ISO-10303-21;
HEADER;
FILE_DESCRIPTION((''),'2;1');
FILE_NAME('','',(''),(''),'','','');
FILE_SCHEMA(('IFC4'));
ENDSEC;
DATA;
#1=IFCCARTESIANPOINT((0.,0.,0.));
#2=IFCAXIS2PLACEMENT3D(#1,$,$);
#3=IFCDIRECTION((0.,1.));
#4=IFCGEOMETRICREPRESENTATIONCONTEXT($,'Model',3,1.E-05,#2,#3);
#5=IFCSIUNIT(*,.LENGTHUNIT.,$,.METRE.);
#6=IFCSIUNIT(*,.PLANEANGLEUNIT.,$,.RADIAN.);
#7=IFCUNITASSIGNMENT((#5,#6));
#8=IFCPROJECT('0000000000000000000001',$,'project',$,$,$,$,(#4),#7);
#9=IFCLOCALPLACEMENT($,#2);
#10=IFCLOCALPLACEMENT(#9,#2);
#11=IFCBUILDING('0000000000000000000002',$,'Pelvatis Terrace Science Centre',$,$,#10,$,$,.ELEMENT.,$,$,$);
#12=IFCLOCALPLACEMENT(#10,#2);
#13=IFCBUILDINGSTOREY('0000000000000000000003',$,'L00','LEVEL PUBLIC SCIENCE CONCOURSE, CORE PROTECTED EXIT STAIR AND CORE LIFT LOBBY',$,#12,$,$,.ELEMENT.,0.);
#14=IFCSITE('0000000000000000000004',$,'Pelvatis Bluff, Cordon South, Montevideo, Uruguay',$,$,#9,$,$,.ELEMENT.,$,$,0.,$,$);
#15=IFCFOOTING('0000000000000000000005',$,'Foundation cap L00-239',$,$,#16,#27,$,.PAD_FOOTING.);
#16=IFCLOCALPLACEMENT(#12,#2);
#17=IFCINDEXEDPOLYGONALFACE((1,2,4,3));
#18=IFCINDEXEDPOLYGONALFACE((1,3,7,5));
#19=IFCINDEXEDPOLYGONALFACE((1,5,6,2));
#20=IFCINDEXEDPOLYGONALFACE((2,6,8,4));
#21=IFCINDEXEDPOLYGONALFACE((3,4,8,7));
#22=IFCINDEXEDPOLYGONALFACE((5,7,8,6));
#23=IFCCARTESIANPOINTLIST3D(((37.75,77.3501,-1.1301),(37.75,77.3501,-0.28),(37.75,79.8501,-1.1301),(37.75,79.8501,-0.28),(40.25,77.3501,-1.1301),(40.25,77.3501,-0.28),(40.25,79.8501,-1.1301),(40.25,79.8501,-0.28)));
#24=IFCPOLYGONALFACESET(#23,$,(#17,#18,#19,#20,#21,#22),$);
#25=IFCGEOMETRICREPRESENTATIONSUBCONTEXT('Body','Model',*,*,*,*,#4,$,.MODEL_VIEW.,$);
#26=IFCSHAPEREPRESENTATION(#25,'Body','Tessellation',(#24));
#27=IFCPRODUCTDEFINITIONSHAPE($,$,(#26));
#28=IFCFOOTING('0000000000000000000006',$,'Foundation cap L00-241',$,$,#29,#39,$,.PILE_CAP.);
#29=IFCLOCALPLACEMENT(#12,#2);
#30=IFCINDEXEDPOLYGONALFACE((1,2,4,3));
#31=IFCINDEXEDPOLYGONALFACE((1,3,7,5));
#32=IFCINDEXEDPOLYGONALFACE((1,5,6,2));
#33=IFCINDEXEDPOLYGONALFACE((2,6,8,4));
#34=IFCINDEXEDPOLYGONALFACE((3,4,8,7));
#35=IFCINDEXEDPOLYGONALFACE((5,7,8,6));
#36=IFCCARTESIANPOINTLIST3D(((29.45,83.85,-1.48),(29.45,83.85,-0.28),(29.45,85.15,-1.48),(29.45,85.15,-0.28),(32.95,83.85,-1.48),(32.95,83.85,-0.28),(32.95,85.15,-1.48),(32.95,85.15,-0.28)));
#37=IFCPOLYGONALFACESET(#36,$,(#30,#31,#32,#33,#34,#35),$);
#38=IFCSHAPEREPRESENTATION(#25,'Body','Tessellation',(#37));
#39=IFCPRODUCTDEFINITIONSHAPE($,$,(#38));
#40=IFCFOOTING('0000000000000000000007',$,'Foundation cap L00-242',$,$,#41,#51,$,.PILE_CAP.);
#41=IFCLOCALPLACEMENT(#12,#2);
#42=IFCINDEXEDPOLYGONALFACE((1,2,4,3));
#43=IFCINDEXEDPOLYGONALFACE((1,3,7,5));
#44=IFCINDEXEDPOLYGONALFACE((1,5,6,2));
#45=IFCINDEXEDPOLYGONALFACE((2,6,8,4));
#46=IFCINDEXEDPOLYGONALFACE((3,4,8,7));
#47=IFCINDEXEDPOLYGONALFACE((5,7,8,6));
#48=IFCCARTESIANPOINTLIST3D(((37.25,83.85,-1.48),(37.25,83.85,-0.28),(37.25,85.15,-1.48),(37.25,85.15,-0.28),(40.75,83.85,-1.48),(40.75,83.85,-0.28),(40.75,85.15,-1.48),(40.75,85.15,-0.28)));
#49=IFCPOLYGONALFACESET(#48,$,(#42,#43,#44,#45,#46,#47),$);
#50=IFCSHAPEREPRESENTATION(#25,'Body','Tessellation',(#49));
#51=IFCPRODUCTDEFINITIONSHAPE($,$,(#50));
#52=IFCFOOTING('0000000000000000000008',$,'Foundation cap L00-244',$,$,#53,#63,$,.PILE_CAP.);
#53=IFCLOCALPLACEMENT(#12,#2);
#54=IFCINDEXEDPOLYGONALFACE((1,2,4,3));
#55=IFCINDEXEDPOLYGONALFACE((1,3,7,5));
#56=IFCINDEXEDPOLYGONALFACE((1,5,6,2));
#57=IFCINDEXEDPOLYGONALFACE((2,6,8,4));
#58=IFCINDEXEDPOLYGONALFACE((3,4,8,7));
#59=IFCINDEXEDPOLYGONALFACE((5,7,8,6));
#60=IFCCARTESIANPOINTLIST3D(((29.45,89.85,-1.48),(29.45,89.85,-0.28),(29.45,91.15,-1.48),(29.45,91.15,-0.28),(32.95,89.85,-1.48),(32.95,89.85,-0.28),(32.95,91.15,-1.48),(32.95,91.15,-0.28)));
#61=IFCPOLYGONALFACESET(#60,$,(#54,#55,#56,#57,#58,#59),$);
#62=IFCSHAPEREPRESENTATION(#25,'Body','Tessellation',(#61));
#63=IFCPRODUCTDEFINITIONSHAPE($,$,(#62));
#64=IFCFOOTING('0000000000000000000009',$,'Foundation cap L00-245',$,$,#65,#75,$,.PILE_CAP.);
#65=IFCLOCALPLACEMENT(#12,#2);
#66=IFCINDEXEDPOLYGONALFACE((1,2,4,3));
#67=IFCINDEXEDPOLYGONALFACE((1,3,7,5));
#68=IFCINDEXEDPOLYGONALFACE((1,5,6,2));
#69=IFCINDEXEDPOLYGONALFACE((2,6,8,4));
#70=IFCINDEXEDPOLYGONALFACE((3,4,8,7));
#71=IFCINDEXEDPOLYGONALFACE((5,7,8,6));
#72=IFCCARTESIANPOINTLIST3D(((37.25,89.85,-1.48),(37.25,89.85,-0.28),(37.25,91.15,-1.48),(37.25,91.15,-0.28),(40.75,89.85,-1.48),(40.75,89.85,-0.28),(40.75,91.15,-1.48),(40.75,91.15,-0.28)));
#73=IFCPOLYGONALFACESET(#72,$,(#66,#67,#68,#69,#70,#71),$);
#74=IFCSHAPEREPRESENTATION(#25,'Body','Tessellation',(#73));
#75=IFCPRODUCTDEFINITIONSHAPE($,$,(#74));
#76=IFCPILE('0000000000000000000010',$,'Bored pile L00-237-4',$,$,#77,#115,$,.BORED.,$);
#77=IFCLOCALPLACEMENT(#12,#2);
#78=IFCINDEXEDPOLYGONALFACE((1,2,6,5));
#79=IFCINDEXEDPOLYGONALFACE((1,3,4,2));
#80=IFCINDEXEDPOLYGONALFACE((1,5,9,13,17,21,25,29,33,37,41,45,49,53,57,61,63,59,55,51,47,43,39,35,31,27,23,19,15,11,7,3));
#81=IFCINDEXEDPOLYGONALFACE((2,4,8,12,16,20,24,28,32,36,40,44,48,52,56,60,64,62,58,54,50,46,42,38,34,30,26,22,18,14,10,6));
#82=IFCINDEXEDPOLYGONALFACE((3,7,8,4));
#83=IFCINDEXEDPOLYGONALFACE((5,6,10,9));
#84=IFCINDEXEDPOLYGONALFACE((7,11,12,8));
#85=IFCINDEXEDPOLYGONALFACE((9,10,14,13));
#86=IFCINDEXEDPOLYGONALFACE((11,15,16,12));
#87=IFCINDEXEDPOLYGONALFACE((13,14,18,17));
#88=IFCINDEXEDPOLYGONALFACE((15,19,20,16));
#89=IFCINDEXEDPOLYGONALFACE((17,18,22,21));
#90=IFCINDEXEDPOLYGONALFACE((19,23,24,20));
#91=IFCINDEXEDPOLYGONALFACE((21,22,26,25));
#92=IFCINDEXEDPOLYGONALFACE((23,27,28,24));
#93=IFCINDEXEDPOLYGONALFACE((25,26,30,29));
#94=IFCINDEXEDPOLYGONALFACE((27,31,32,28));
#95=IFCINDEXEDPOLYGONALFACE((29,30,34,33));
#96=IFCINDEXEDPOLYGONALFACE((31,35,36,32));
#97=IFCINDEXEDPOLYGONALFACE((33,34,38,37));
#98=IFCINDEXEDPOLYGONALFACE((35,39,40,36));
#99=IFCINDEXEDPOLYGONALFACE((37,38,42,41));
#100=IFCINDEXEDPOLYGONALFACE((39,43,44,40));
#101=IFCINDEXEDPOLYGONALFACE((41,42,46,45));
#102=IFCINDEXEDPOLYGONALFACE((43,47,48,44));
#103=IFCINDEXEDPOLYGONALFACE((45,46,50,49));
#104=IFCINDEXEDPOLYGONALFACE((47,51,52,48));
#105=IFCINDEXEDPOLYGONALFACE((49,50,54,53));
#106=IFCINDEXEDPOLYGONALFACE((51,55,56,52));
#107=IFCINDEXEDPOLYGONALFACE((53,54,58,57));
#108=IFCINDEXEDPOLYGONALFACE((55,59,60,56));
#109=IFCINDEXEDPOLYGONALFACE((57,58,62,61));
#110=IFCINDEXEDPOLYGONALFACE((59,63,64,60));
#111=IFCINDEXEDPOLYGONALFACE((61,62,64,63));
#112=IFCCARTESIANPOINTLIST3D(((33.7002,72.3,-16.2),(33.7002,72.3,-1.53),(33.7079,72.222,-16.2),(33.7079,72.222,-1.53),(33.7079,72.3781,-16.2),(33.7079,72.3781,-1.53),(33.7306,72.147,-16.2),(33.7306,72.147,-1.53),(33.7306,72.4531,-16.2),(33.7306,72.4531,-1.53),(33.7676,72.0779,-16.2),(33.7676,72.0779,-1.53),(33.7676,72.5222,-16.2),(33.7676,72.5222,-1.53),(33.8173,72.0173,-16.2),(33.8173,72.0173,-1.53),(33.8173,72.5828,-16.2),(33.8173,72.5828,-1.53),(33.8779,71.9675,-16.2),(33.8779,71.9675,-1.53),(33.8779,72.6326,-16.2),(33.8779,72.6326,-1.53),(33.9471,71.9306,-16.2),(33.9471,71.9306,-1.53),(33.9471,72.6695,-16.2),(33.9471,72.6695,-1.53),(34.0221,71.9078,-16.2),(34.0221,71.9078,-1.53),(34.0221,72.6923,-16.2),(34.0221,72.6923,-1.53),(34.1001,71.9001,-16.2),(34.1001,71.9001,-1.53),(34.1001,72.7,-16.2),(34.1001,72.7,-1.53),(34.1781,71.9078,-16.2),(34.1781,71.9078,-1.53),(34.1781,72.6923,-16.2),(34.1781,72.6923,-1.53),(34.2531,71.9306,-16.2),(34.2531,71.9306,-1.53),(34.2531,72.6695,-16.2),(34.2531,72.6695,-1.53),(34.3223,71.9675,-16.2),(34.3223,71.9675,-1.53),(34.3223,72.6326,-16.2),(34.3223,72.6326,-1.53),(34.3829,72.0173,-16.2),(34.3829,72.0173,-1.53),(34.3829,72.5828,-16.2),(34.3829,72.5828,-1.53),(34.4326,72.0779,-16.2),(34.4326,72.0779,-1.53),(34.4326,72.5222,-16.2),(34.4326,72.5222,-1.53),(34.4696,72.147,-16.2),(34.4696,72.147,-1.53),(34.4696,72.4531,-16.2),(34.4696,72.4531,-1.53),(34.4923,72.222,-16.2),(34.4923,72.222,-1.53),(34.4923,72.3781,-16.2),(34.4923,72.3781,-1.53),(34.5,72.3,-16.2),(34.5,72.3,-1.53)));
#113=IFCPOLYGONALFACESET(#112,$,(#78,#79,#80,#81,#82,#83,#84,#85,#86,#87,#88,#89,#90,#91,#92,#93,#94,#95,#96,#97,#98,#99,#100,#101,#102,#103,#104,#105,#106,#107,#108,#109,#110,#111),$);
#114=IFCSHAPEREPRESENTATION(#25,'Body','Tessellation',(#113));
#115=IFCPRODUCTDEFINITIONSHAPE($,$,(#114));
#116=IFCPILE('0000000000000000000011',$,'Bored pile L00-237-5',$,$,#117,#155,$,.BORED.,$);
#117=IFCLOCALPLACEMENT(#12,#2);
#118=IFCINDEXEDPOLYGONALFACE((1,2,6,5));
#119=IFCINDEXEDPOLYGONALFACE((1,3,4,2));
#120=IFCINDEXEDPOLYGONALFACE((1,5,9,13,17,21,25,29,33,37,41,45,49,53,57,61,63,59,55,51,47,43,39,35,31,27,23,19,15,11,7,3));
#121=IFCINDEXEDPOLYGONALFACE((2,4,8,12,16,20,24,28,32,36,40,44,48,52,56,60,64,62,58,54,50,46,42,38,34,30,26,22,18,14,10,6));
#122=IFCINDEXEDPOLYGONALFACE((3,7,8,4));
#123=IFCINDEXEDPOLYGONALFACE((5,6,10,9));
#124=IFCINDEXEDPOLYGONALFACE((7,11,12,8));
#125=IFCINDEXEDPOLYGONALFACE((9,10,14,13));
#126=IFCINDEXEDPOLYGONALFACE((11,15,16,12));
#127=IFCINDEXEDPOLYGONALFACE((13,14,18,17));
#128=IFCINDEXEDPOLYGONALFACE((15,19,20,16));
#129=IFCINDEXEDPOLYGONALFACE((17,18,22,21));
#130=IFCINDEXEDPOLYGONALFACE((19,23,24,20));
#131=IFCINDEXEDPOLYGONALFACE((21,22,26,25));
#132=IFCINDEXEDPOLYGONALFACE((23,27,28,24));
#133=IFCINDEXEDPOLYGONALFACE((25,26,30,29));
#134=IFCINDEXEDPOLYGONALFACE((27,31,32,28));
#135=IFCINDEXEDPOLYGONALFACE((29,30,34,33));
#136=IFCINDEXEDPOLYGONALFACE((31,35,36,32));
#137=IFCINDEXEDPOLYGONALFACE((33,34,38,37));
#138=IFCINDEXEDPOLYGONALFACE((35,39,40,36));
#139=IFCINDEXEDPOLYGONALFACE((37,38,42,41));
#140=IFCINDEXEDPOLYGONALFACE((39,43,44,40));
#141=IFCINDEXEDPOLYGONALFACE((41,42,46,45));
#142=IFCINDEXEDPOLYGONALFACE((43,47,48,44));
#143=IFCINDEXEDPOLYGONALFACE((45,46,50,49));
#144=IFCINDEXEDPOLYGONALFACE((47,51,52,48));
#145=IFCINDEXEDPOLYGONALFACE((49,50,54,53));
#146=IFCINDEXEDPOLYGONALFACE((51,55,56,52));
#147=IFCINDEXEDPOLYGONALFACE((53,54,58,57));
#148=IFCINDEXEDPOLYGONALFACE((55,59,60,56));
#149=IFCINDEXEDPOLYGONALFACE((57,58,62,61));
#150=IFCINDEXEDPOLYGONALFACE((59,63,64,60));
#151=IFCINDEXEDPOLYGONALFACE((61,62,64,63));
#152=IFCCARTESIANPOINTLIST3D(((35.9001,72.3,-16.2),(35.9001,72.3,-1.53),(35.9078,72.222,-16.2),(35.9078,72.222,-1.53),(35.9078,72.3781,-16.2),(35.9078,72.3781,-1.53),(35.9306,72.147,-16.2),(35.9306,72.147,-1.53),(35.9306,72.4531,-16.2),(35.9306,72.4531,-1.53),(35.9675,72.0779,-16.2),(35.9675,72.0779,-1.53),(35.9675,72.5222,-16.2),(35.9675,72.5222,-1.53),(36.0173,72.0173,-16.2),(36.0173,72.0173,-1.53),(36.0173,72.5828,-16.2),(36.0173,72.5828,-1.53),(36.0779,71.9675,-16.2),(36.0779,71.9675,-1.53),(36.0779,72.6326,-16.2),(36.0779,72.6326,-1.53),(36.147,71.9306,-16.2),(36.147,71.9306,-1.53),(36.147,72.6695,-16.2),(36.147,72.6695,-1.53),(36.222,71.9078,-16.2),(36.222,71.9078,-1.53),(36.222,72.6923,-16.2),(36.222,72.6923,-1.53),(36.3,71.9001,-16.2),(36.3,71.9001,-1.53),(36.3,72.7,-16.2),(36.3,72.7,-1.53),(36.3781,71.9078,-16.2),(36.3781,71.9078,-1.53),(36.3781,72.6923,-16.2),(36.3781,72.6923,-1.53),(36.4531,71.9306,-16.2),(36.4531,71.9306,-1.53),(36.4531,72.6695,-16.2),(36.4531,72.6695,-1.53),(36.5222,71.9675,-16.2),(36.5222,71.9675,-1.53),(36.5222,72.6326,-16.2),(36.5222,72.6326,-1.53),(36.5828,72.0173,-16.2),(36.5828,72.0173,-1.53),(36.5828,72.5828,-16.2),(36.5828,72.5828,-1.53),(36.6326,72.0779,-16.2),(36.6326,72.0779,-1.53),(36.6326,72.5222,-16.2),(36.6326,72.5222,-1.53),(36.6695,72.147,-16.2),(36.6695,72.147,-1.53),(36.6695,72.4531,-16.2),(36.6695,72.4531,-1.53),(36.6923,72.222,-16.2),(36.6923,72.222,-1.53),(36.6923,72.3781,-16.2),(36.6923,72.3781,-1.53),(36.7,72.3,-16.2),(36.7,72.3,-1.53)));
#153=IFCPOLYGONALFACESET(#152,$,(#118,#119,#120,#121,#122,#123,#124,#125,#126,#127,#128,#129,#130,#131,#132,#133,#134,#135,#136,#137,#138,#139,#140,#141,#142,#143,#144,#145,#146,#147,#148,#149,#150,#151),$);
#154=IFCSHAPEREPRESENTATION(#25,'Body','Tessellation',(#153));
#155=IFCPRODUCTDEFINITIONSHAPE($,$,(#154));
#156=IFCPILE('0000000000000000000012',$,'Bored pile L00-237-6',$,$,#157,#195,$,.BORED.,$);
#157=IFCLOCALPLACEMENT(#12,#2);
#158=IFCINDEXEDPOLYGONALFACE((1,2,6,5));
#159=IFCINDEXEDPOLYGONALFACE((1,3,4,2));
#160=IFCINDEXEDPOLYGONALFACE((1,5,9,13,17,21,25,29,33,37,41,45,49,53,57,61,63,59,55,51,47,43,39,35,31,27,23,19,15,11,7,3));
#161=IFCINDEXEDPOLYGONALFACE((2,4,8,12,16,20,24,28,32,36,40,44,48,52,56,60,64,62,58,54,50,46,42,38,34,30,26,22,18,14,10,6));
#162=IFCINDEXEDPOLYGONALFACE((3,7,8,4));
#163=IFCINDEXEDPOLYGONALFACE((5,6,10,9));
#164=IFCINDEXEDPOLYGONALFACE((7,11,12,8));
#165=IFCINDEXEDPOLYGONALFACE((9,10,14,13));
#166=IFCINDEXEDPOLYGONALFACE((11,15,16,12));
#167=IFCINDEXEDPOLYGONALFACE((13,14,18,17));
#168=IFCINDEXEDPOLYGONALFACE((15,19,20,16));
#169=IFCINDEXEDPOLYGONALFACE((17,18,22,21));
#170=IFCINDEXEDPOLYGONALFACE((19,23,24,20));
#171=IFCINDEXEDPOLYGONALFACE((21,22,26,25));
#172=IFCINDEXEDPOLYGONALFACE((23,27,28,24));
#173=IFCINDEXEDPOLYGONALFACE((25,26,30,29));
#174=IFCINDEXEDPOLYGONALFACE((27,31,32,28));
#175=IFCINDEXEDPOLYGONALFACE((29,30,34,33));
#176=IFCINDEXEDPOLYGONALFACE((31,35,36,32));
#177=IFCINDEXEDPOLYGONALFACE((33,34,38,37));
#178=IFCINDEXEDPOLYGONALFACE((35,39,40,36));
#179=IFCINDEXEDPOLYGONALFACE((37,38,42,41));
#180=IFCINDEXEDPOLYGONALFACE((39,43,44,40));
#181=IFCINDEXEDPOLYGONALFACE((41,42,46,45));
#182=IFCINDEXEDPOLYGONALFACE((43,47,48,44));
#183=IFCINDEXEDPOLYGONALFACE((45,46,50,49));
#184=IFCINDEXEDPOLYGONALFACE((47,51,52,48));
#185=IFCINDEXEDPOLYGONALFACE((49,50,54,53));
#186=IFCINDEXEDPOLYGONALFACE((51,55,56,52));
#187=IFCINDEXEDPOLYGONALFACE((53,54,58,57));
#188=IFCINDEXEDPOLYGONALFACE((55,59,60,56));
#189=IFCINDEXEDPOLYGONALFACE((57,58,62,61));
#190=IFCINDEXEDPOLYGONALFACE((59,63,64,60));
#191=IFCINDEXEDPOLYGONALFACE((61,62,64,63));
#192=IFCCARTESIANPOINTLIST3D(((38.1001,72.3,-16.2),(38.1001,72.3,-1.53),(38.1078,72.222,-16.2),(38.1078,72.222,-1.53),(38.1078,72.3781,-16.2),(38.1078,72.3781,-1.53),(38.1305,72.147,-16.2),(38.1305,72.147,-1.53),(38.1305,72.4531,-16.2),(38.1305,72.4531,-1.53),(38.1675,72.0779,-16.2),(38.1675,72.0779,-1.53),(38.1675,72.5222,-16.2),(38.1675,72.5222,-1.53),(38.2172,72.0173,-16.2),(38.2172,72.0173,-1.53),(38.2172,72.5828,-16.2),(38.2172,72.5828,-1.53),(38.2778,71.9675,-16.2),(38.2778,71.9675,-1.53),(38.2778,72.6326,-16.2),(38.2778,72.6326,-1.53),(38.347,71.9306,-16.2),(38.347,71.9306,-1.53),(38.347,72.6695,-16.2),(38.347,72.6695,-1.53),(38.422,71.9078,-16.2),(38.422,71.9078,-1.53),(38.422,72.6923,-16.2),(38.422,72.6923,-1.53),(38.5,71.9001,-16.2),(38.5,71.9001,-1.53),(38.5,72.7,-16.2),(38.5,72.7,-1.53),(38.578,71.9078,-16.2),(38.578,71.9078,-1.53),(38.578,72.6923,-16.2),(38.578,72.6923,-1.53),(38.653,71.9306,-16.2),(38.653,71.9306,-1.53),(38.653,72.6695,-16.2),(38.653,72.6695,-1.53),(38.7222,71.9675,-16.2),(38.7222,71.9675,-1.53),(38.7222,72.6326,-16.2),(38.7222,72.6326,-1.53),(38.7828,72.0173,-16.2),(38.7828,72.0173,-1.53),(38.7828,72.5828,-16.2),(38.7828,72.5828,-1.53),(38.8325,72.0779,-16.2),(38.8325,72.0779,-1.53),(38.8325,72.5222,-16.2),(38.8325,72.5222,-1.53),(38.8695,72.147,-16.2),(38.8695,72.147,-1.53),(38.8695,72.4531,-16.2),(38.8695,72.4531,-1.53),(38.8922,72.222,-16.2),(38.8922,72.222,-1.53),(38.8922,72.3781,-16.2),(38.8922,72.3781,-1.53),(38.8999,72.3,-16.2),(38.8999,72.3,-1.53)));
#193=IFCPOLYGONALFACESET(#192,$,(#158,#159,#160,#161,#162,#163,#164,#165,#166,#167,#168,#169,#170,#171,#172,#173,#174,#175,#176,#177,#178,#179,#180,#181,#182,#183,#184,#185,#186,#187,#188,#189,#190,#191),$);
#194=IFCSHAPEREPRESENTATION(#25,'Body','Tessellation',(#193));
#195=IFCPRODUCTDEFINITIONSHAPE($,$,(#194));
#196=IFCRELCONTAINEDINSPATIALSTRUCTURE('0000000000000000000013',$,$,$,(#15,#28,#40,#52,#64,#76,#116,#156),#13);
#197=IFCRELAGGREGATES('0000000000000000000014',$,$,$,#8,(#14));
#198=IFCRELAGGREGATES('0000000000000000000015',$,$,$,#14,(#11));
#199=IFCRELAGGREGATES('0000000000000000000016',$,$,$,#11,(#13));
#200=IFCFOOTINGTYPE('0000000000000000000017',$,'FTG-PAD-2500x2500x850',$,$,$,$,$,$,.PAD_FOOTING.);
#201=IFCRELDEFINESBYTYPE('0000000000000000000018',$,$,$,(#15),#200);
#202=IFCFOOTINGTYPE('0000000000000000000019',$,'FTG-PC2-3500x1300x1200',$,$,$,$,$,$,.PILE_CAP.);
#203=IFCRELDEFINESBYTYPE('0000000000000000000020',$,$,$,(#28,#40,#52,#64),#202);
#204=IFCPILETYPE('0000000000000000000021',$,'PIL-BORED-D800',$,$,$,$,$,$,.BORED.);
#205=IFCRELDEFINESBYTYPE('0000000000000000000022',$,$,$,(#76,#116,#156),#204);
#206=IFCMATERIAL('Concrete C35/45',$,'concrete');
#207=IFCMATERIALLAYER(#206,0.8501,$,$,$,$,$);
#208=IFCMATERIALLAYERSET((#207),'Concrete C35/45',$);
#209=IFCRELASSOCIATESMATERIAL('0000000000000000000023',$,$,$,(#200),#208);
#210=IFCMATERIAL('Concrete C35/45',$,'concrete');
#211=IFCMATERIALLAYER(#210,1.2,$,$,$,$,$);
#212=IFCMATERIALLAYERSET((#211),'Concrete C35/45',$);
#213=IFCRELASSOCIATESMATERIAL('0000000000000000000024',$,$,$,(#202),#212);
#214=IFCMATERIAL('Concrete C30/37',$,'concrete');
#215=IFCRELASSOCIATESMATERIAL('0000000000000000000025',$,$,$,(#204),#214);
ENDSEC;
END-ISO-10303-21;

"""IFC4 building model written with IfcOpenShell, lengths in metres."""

from ifc_helpers import new_model, si_unit, direction, frame, origin, origin_2d, place, context, subcontext, project, spatial, rectangle, circle, extrude, material, layer, layer_set, material_profile, profile_set, type_object, element, save


model = new_model("IFC4")

# Units and contexts
model_context = context("Model", 3, precision=1e-05, world=origin(), true_north=direction((0.0, 1.0)))
body_context = subcontext(model_context, "Body", "Model", "MODEL_VIEW")
ifc_project = project(units=[si_unit("LENGTHUNIT", "METRE"), si_unit("PLANEANGLEUNIT", "RADIAN")], contexts=[model_context])

# Site, building, storey
site_placement = place(None, origin())
site = spatial("IfcSite", under=ifc_project, at=site_placement, Name="Pelvatis Bluff, Cordon South, Montevideo, Uruguay", CompositionType="ELEMENT", RefElevation=0.0)
building_placement = place(site_placement, origin())
building = spatial("IfcBuilding", under=site, at=building_placement, Name="Pelvatis Terrace Science Centre", CompositionType="ELEMENT")
storey_placement = place(building_placement, origin())
storey = spatial("IfcBuildingStorey", under=building, at=storey_placement, Name="L00", Description="LEVEL PUBLIC SCIENCE CONCOURSE, CORE PROTECTED EXIT STAIR AND CORE LIFT LOBBY", CompositionType="ELEMENT", Elevation=0.0)

# Footings
ifc_material_1 = material(Name="Concrete C35/45", Category="concrete")
ifc_layer_1 = layer(ifc_material_1, 0.8501)
ifc_layer_set_1 = layer_set([ifc_layer_1], Name="Concrete C35/45")
footing_type_1 = type_object("IfcFootingType", Name="FTG-PAD-2500x2500x850", PredefinedType="PAD_FOOTING", material=ifc_layer_set_1)
footing_placement = place(storey_placement, frame((39.0, 78.6001, -1.1301), z_axis=(0.0, 0.0, 1.0), x_axis=(1.0, 0.0, 0.0)))
element("IfcFooting", 1, at=footing_placement, inside=storey, type_object=footing_type_1, Name="Foundation cap L00-239", PredefinedType="PAD_FOOTING", context=body_context, shape_type="SweptSolid", body=[
    extrude(rectangle(XDim=2.5, YDim=2.5, at=origin_2d()), origin(), (0.0, 0.0, 1.0), 0.8501),
])
ifc_material_2 = material(Name="Concrete C35/45", Category="concrete")
ifc_layer_2 = layer(ifc_material_2, 1.2)
ifc_layer_set_2 = layer_set([ifc_layer_2], Name="Concrete C35/45")
footing_type_2 = type_object("IfcFootingType", Name="FTG-PC2-3500x1300x1200", PredefinedType="PILE_CAP", material=ifc_layer_set_2)
for number, where, z_axis, x_axis, name in (
    (2, (31.2, 84.5, -1.48), (0.0, 0.0, 1.0), (1.0, 0.0, 0.0), "Foundation cap L00-241"),
    (3, (39.0, 84.5, -1.48), (0.0, 0.0, 1.0), (1.0, 0.0, 0.0), "Foundation cap L00-242"),
    (4, (31.2, 90.5, -1.48), (0.0, 0.0, 1.0), (1.0, 0.0, 0.0), "Foundation cap L00-244"),
    (5, (39.0, 90.5, -1.48), (0.0, 0.0, 1.0), (1.0, 0.0, 0.0), "Foundation cap L00-245"),
):
    element("IfcFooting", number, at=place(storey_placement, frame(where, z_axis=z_axis, x_axis=x_axis)), inside=storey, type_object=footing_type_2, Name=name, PredefinedType="PILE_CAP", context=body_context, shape_type="SweptSolid", body=[
        extrude(rectangle(XDim=3.5, YDim=1.3, at=origin_2d()), origin(), (0.0, 0.0, 1.0), 1.2),
    ])

# Piles
ifc_material_3 = material(Name="Concrete C30/37", Category="concrete")
ifc_material_profile_1 = material_profile(ifc_material_3, circle(Radius=0.3999, at=origin_2d()), Name="PILE D800")
ifc_profile_set_1 = profile_set([ifc_material_profile_1], Name="Concrete C30/37")
pile_type = type_object("IfcPileType", Name="PIL-BORED-D800", PredefinedType="BORED", material=ifc_profile_set_1)
for number, where, z_axis, x_axis, name in (
    (6, (34.1001, 72.3, -1.53), (0.0, 0.0, -1.0), (1.0, 0.0, 0.0), "Bored pile L00-237-4"),
    (7, (36.3, 72.3, -1.53), (0.0, 0.0, -1.0), (1.0, 0.0, 0.0), "Bored pile L00-237-5"),
    (8, (38.5, 72.3, -1.53), (0.0, 0.0, -1.0), (1.0, 0.0, 0.0), "Bored pile L00-237-6"),
):
    element("IfcPile", number, at=place(storey_placement, frame(where, z_axis=z_axis, x_axis=x_axis)), inside=storey, type_object=pile_type, Name=name, PredefinedType="BORED", context=body_context, shape_type="SweptSolid", body=[
        extrude(circle(Radius=0.3999, at=origin_2d()), origin(), (0.0, 0.0, 1.0), 14.6699),
    ])

save(model, "model.ifc")
